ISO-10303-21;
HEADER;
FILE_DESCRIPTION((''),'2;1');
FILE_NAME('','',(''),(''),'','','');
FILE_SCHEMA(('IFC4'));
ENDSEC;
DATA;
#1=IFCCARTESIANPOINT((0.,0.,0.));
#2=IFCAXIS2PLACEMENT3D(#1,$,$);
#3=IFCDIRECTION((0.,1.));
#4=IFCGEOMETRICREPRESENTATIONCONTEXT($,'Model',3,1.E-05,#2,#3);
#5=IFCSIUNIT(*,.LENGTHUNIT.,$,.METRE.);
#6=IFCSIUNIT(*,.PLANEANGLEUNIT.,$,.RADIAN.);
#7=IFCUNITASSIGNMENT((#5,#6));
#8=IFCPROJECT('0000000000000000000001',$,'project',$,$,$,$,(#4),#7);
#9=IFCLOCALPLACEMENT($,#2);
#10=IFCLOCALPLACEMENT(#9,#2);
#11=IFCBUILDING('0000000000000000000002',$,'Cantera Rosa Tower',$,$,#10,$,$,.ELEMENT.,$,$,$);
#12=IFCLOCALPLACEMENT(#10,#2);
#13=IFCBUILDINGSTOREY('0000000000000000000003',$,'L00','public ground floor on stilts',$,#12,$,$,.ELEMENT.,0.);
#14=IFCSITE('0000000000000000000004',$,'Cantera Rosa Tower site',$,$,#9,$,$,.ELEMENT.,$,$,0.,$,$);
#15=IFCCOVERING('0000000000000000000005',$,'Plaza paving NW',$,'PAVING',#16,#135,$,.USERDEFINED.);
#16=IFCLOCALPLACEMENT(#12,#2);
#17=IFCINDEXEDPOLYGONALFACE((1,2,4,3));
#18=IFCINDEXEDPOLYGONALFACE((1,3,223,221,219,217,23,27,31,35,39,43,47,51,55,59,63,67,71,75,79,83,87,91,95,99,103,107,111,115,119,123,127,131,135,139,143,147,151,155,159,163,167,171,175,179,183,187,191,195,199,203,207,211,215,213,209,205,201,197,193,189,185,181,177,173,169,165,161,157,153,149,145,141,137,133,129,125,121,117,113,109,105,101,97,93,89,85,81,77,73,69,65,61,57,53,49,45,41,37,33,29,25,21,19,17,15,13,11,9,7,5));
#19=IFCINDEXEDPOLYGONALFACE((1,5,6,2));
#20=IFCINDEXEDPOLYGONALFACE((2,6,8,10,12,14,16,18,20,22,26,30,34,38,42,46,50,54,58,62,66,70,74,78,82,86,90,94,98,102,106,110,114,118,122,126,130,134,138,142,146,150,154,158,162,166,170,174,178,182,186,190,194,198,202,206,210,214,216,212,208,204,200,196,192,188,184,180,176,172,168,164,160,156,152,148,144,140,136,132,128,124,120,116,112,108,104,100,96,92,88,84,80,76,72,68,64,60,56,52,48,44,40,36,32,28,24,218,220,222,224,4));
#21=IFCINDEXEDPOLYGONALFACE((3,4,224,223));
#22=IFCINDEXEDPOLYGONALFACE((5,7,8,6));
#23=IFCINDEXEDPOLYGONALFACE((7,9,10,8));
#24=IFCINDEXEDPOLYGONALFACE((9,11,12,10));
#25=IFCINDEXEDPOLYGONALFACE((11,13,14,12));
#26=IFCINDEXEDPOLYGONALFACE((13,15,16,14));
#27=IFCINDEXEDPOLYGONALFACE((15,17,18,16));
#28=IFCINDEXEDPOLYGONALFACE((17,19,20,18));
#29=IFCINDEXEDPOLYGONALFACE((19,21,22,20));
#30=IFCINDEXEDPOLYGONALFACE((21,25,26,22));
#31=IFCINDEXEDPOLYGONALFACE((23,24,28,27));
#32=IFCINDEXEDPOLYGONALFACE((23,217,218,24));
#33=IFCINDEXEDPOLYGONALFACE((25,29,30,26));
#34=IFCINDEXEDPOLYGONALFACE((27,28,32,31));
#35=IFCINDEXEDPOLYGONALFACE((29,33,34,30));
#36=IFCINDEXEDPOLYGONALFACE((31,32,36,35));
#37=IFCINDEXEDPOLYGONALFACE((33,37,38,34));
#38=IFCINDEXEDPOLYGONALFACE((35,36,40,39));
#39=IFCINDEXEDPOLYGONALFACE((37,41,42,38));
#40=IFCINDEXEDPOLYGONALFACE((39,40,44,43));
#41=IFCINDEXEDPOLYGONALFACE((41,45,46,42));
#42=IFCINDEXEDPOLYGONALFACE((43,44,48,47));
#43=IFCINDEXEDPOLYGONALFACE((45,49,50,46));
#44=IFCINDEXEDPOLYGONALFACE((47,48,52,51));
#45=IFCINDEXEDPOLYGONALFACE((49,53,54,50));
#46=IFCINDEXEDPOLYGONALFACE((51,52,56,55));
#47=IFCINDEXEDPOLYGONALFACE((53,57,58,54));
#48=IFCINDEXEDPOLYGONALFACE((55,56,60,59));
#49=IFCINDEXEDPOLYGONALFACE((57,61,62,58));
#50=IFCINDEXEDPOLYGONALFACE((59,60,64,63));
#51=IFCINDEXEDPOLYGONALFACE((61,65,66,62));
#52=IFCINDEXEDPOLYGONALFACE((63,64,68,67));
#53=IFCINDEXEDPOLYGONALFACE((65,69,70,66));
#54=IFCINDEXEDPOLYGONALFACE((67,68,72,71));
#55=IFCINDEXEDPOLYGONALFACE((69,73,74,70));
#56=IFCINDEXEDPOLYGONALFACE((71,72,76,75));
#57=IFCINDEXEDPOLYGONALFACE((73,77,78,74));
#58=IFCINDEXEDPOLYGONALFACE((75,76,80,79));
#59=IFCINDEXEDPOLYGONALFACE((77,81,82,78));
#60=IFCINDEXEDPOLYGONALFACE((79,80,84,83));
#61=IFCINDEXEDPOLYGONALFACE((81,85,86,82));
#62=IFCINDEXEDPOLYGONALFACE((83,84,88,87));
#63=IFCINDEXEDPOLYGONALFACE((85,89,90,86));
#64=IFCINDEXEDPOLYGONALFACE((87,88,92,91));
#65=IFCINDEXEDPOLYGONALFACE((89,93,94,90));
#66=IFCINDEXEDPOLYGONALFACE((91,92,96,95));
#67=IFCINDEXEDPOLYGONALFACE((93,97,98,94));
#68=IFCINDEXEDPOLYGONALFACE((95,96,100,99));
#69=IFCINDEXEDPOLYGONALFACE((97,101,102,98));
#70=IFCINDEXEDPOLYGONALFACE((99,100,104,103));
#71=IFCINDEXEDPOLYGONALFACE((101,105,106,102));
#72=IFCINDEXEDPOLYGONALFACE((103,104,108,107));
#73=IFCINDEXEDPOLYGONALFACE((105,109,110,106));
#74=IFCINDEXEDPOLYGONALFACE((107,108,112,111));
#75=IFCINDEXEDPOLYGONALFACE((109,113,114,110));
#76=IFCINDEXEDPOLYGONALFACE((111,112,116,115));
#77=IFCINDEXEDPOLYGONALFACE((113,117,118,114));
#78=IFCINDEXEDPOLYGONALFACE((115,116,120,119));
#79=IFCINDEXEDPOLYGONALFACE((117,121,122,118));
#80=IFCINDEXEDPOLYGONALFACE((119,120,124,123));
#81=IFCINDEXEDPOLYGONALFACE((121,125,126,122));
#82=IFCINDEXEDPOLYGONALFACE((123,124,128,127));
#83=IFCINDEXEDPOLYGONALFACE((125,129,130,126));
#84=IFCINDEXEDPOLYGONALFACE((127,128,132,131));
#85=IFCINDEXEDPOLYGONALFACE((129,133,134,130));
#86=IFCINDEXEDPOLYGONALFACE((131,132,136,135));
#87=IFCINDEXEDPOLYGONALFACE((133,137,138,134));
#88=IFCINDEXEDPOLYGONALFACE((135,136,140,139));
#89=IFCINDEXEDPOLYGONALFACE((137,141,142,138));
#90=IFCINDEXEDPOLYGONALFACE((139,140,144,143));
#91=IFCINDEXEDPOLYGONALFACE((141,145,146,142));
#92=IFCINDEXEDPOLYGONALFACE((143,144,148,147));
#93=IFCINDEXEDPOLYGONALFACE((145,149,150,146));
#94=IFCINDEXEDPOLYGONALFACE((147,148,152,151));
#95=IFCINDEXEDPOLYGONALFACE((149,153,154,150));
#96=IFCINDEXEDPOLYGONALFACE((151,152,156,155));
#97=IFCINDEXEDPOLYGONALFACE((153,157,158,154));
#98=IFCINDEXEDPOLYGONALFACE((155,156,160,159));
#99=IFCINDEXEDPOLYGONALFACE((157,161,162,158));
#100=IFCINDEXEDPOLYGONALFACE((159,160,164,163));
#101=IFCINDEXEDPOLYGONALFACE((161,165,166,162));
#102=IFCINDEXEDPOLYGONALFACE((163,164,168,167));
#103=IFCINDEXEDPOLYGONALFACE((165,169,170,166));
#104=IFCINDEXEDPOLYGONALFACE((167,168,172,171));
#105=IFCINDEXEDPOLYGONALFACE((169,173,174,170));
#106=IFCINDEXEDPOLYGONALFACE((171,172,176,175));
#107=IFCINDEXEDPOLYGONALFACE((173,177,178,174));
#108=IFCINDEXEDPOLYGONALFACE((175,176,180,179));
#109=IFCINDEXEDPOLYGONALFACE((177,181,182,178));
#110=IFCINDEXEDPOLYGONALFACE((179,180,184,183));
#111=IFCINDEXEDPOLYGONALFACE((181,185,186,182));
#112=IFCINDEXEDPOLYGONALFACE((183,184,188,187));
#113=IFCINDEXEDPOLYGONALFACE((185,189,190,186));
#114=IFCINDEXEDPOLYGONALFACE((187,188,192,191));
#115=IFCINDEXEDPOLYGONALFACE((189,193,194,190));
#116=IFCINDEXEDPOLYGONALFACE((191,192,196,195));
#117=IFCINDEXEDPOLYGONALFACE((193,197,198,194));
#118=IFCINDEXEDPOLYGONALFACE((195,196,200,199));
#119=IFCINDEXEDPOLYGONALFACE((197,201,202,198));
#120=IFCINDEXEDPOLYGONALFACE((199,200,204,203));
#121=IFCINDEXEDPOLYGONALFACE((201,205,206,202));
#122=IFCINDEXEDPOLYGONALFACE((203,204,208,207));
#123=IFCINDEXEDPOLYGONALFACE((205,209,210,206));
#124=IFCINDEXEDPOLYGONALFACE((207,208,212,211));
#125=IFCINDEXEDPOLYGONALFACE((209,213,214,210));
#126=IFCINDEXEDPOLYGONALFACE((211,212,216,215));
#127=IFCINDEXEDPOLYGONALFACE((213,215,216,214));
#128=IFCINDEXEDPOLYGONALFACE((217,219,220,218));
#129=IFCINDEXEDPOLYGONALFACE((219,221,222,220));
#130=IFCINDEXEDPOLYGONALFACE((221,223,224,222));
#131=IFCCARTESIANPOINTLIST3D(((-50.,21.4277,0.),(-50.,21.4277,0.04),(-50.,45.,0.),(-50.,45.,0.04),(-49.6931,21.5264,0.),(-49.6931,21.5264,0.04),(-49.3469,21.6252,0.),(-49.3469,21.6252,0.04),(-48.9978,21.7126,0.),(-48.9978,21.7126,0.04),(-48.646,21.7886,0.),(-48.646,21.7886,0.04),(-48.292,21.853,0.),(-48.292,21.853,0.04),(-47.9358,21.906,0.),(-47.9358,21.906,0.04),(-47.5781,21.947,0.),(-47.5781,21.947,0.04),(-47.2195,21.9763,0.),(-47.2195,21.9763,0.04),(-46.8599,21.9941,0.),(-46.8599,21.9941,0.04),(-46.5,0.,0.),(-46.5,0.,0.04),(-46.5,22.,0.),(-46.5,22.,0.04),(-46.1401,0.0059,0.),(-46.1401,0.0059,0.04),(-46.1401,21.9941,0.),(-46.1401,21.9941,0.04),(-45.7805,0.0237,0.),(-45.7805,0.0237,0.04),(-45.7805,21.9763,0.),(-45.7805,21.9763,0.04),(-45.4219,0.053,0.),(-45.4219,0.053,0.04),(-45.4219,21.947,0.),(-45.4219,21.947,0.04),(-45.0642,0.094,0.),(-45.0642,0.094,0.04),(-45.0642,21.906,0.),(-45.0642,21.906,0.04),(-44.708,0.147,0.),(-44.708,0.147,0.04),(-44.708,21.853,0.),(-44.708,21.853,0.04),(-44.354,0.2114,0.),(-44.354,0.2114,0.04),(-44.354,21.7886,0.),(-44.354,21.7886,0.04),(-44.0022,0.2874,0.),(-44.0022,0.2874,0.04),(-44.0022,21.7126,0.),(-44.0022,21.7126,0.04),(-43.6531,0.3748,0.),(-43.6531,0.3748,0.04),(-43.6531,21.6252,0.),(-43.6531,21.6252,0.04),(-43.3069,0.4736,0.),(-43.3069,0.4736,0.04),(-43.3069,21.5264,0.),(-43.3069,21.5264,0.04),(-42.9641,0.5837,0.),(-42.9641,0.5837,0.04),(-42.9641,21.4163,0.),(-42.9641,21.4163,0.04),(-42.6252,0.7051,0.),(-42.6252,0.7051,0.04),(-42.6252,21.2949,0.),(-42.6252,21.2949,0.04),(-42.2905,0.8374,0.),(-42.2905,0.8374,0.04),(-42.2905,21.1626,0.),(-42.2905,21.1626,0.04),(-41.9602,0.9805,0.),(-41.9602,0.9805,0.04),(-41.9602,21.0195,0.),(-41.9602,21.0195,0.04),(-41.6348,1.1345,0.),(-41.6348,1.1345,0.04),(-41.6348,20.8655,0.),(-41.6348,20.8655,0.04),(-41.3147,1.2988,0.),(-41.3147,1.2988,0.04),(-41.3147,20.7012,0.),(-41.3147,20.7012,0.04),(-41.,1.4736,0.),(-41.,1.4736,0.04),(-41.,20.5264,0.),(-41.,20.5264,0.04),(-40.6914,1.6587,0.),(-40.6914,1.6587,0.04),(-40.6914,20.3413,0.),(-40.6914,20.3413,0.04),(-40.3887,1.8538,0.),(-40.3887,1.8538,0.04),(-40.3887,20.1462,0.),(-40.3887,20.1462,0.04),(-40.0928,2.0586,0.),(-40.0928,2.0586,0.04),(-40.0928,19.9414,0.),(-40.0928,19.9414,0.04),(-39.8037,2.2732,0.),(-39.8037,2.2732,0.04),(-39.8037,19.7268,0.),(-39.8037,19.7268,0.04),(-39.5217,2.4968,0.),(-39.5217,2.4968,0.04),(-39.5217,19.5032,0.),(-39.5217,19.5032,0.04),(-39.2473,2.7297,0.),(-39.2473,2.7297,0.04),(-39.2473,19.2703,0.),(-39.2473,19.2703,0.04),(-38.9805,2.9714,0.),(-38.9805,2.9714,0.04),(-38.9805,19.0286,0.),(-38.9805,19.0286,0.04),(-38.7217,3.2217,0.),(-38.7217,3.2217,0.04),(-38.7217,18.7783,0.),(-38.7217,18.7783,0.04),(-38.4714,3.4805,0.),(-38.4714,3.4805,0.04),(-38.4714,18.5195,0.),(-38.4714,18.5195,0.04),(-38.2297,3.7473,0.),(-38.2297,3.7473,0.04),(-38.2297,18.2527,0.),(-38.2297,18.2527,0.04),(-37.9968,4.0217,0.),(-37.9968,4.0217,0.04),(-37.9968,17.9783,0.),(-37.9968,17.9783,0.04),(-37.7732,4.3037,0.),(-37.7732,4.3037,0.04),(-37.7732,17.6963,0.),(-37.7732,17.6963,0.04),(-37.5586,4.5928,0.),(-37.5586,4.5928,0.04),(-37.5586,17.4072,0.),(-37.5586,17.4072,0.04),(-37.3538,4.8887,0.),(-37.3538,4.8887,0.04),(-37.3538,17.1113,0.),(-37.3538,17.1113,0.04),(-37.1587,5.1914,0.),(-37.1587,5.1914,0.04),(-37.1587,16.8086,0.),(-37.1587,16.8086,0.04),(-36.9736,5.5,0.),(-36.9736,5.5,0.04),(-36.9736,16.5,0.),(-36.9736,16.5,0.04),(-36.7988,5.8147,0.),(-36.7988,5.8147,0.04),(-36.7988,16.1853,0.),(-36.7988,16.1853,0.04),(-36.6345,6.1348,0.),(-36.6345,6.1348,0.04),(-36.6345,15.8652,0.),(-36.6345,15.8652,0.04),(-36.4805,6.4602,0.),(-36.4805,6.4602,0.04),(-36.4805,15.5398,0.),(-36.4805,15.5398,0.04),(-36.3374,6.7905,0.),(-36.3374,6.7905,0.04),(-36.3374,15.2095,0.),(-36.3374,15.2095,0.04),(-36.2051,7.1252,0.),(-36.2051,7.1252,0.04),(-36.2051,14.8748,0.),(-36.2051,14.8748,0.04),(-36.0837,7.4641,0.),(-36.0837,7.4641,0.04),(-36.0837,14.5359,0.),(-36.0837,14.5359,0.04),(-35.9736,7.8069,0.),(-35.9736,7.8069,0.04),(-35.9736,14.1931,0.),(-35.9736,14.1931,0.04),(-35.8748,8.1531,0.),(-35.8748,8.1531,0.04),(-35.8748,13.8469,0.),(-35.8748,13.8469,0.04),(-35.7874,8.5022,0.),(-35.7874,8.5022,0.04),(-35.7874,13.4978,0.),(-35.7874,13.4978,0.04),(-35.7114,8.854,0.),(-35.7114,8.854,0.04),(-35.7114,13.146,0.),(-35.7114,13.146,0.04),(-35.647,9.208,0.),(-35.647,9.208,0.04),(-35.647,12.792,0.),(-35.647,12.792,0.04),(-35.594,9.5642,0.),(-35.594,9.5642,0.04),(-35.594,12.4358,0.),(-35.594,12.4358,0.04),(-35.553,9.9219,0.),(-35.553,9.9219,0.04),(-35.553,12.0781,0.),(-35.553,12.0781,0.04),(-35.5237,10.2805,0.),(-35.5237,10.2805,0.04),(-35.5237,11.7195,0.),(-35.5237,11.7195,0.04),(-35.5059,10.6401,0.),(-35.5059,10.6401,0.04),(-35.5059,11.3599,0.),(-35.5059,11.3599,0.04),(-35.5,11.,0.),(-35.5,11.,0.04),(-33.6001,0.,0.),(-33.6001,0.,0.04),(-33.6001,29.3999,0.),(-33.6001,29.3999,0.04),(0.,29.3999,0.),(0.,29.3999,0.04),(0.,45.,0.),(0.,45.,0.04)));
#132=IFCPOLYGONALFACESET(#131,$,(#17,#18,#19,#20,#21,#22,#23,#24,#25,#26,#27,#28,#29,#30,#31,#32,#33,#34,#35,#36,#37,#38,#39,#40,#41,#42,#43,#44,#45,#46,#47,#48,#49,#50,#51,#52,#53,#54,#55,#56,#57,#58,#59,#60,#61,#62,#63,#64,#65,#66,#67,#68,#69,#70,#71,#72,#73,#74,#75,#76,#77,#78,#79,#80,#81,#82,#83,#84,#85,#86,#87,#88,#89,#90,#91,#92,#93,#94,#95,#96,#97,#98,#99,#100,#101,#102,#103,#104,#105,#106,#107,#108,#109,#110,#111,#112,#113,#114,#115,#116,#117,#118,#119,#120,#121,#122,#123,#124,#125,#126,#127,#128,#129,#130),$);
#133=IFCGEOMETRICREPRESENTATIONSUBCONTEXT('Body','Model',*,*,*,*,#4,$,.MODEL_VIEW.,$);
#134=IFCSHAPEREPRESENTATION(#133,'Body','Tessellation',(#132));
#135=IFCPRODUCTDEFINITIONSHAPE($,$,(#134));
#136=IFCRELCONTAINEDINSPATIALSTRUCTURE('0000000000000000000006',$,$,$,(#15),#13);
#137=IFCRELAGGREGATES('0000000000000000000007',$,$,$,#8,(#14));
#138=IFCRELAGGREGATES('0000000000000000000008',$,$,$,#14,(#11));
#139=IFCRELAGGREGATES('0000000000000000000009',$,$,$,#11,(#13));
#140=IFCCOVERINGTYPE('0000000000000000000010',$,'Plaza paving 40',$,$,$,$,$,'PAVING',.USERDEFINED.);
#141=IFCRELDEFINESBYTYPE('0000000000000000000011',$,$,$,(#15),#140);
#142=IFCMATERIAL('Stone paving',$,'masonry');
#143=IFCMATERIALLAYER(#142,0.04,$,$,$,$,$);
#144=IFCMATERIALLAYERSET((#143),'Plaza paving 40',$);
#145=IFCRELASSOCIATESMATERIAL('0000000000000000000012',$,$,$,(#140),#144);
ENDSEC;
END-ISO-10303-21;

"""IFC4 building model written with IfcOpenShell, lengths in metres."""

from ifc_helpers import new_model, si_unit, direction, origin, place, context, subcontext, project, spatial, polyline, outline, extrude, material, layer, layer_set, type_object, element, save


model = new_model("IFC4")

# Units and contexts
model_context = context("Model", 3, precision=1e-05, world=origin(), true_north=direction((0.0, 1.0)))
body_context = subcontext(model_context, "Body", "Model", "MODEL_VIEW")
ifc_project = project(units=[si_unit("LENGTHUNIT", "METRE"), si_unit("PLANEANGLEUNIT", "RADIAN")], contexts=[model_context])

# Site, building, storey
site_placement = place(None, origin())
site = spatial("IfcSite", under=ifc_project, at=site_placement, Name="Cantera Rosa Tower site", CompositionType="ELEMENT", RefElevation=0.0)
building_placement = place(site_placement, origin())
building = spatial("IfcBuilding", under=site, at=building_placement, Name="Cantera Rosa Tower", CompositionType="ELEMENT")
storey_placement = place(building_placement, origin())
storey = spatial("IfcBuildingStorey", under=building, at=storey_placement, Name="L00", Description="public ground floor on stilts", CompositionType="ELEMENT", Elevation=0.0)

# Covering
ifc_material_1 = material(Name="Stone paving", Category="masonry")
ifc_layer_1 = layer(ifc_material_1, 0.04)
ifc_layer_set_1 = layer_set([ifc_layer_1], Name="Plaza paving 40")
covering_type = type_object("IfcCoveringType", Name="Plaza paving 40", ElementType="PAVING", PredefinedType="USERDEFINED", material=ifc_layer_set_1)
covering_1_placement = place(storey_placement, origin())
element("IfcCovering", 1, at=covering_1_placement, inside=storey, type_object=covering_type, Name="Plaza paving NW", ObjectType="PAVING", PredefinedType="USERDEFINED", context=body_context, shape_type="SweptSolid", body=[
    extrude(outline(polyline([(-46.1401, 0.0059), (-46.5, 0.0), (-33.6001, 0.0), (-33.6001, 29.3999), (0.0, 29.3999), (0.0, 45.0), (-50.0, 45.0), (-50.0, 21.4277), (-49.6931, 21.5264), (-49.3469, 21.6252), (-48.9978, 21.7126), (-48.646, 21.7886), (-48.292, 21.853), (-47.9358, 21.906), (-47.5781, 21.947), (-47.2195, 21.9763), (-46.8599, 21.9941), (-46.5, 22.0), (-46.1401, 21.9941), (-45.7805, 21.9763), (-45.4219, 21.947), (-45.0642, 21.906), (-44.708, 21.853), (-44.354, 21.7886), (-44.0022, 21.7126), (-43.6531, 21.6252), (-43.3069, 21.5264), (-42.9641, 21.4163), (-42.6252, 21.2949), (-42.2905, 21.1626), (-41.9602, 21.0195), (-41.6348, 20.8655), (-41.3147, 20.7012), (-41.0, 20.5264), (-40.6914, 20.3413), (-40.3887, 20.1462), (-40.0928, 19.9414), (-39.8037, 19.7268), (-39.5217, 19.5032), (-39.2473, 19.2703), (-38.9805, 19.0286), (-38.7217, 18.7783), (-38.4714, 18.5195), (-38.2297, 18.2527), (-37.9968, 17.9783), (-37.7732, 17.6963), (-37.5586, 17.4072), (-37.3538, 17.1113), (-37.1587, 16.8086), (-36.9736, 16.5), (-36.7988, 16.1853), (-36.6345, 15.8652), (-36.4805, 15.5398), (-36.3374, 15.2095), (-36.2051, 14.8748), (-36.0837, 14.5359), (-35.9736, 14.1931), (-35.8748, 13.8469), (-35.7874, 13.4978), (-35.7114, 13.146), (-35.647, 12.792), (-35.594, 12.4358), (-35.553, 12.0781), (-35.5237, 11.7195), (-35.5059, 11.3599), (-35.5, 11.0), (-35.5059, 10.6401), (-35.5237, 10.2805), (-35.553, 9.9219), (-35.594, 9.5642), (-35.647, 9.208), (-35.7114, 8.854), (-35.7874, 8.5022), (-35.8748, 8.1531), (-35.9736, 7.8069), (-36.0837, 7.4641), (-36.2051, 7.1252), (-36.3374, 6.7905), (-36.4805, 6.4602), (-36.6345, 6.1348), (-36.7988, 5.8147), (-36.9736, 5.5), (-37.1587, 5.1914), (-37.3538, 4.8887), (-37.5586, 4.5928), (-37.7732, 4.3037), (-37.9968, 4.0217), (-38.2297, 3.7473), (-38.4714, 3.4805), (-38.7217, 3.2217), (-38.9805, 2.9714), (-39.2473, 2.7297), (-39.5217, 2.4968), (-39.8037, 2.2732), (-40.0928, 2.0586), (-40.3887, 1.8538), (-40.6914, 1.6587), (-41.0, 1.4736), (-41.3147, 1.2988), (-41.6348, 1.1345), (-41.9602, 0.9805), (-42.2905, 0.8374), (-42.6252, 0.7051), (-42.9641, 0.5837), (-43.3069, 0.4736), (-43.6531, 0.3748), (-44.0022, 0.2874), (-44.354, 0.2114), (-44.708, 0.147), (-45.0642, 0.094), (-45.4219, 0.053), (-45.7805, 0.0237), (-46.1401, 0.0059)])), origin(), (0.0, 0.0, 1.0), 0.04),
])

save(model, "model.ifc")
